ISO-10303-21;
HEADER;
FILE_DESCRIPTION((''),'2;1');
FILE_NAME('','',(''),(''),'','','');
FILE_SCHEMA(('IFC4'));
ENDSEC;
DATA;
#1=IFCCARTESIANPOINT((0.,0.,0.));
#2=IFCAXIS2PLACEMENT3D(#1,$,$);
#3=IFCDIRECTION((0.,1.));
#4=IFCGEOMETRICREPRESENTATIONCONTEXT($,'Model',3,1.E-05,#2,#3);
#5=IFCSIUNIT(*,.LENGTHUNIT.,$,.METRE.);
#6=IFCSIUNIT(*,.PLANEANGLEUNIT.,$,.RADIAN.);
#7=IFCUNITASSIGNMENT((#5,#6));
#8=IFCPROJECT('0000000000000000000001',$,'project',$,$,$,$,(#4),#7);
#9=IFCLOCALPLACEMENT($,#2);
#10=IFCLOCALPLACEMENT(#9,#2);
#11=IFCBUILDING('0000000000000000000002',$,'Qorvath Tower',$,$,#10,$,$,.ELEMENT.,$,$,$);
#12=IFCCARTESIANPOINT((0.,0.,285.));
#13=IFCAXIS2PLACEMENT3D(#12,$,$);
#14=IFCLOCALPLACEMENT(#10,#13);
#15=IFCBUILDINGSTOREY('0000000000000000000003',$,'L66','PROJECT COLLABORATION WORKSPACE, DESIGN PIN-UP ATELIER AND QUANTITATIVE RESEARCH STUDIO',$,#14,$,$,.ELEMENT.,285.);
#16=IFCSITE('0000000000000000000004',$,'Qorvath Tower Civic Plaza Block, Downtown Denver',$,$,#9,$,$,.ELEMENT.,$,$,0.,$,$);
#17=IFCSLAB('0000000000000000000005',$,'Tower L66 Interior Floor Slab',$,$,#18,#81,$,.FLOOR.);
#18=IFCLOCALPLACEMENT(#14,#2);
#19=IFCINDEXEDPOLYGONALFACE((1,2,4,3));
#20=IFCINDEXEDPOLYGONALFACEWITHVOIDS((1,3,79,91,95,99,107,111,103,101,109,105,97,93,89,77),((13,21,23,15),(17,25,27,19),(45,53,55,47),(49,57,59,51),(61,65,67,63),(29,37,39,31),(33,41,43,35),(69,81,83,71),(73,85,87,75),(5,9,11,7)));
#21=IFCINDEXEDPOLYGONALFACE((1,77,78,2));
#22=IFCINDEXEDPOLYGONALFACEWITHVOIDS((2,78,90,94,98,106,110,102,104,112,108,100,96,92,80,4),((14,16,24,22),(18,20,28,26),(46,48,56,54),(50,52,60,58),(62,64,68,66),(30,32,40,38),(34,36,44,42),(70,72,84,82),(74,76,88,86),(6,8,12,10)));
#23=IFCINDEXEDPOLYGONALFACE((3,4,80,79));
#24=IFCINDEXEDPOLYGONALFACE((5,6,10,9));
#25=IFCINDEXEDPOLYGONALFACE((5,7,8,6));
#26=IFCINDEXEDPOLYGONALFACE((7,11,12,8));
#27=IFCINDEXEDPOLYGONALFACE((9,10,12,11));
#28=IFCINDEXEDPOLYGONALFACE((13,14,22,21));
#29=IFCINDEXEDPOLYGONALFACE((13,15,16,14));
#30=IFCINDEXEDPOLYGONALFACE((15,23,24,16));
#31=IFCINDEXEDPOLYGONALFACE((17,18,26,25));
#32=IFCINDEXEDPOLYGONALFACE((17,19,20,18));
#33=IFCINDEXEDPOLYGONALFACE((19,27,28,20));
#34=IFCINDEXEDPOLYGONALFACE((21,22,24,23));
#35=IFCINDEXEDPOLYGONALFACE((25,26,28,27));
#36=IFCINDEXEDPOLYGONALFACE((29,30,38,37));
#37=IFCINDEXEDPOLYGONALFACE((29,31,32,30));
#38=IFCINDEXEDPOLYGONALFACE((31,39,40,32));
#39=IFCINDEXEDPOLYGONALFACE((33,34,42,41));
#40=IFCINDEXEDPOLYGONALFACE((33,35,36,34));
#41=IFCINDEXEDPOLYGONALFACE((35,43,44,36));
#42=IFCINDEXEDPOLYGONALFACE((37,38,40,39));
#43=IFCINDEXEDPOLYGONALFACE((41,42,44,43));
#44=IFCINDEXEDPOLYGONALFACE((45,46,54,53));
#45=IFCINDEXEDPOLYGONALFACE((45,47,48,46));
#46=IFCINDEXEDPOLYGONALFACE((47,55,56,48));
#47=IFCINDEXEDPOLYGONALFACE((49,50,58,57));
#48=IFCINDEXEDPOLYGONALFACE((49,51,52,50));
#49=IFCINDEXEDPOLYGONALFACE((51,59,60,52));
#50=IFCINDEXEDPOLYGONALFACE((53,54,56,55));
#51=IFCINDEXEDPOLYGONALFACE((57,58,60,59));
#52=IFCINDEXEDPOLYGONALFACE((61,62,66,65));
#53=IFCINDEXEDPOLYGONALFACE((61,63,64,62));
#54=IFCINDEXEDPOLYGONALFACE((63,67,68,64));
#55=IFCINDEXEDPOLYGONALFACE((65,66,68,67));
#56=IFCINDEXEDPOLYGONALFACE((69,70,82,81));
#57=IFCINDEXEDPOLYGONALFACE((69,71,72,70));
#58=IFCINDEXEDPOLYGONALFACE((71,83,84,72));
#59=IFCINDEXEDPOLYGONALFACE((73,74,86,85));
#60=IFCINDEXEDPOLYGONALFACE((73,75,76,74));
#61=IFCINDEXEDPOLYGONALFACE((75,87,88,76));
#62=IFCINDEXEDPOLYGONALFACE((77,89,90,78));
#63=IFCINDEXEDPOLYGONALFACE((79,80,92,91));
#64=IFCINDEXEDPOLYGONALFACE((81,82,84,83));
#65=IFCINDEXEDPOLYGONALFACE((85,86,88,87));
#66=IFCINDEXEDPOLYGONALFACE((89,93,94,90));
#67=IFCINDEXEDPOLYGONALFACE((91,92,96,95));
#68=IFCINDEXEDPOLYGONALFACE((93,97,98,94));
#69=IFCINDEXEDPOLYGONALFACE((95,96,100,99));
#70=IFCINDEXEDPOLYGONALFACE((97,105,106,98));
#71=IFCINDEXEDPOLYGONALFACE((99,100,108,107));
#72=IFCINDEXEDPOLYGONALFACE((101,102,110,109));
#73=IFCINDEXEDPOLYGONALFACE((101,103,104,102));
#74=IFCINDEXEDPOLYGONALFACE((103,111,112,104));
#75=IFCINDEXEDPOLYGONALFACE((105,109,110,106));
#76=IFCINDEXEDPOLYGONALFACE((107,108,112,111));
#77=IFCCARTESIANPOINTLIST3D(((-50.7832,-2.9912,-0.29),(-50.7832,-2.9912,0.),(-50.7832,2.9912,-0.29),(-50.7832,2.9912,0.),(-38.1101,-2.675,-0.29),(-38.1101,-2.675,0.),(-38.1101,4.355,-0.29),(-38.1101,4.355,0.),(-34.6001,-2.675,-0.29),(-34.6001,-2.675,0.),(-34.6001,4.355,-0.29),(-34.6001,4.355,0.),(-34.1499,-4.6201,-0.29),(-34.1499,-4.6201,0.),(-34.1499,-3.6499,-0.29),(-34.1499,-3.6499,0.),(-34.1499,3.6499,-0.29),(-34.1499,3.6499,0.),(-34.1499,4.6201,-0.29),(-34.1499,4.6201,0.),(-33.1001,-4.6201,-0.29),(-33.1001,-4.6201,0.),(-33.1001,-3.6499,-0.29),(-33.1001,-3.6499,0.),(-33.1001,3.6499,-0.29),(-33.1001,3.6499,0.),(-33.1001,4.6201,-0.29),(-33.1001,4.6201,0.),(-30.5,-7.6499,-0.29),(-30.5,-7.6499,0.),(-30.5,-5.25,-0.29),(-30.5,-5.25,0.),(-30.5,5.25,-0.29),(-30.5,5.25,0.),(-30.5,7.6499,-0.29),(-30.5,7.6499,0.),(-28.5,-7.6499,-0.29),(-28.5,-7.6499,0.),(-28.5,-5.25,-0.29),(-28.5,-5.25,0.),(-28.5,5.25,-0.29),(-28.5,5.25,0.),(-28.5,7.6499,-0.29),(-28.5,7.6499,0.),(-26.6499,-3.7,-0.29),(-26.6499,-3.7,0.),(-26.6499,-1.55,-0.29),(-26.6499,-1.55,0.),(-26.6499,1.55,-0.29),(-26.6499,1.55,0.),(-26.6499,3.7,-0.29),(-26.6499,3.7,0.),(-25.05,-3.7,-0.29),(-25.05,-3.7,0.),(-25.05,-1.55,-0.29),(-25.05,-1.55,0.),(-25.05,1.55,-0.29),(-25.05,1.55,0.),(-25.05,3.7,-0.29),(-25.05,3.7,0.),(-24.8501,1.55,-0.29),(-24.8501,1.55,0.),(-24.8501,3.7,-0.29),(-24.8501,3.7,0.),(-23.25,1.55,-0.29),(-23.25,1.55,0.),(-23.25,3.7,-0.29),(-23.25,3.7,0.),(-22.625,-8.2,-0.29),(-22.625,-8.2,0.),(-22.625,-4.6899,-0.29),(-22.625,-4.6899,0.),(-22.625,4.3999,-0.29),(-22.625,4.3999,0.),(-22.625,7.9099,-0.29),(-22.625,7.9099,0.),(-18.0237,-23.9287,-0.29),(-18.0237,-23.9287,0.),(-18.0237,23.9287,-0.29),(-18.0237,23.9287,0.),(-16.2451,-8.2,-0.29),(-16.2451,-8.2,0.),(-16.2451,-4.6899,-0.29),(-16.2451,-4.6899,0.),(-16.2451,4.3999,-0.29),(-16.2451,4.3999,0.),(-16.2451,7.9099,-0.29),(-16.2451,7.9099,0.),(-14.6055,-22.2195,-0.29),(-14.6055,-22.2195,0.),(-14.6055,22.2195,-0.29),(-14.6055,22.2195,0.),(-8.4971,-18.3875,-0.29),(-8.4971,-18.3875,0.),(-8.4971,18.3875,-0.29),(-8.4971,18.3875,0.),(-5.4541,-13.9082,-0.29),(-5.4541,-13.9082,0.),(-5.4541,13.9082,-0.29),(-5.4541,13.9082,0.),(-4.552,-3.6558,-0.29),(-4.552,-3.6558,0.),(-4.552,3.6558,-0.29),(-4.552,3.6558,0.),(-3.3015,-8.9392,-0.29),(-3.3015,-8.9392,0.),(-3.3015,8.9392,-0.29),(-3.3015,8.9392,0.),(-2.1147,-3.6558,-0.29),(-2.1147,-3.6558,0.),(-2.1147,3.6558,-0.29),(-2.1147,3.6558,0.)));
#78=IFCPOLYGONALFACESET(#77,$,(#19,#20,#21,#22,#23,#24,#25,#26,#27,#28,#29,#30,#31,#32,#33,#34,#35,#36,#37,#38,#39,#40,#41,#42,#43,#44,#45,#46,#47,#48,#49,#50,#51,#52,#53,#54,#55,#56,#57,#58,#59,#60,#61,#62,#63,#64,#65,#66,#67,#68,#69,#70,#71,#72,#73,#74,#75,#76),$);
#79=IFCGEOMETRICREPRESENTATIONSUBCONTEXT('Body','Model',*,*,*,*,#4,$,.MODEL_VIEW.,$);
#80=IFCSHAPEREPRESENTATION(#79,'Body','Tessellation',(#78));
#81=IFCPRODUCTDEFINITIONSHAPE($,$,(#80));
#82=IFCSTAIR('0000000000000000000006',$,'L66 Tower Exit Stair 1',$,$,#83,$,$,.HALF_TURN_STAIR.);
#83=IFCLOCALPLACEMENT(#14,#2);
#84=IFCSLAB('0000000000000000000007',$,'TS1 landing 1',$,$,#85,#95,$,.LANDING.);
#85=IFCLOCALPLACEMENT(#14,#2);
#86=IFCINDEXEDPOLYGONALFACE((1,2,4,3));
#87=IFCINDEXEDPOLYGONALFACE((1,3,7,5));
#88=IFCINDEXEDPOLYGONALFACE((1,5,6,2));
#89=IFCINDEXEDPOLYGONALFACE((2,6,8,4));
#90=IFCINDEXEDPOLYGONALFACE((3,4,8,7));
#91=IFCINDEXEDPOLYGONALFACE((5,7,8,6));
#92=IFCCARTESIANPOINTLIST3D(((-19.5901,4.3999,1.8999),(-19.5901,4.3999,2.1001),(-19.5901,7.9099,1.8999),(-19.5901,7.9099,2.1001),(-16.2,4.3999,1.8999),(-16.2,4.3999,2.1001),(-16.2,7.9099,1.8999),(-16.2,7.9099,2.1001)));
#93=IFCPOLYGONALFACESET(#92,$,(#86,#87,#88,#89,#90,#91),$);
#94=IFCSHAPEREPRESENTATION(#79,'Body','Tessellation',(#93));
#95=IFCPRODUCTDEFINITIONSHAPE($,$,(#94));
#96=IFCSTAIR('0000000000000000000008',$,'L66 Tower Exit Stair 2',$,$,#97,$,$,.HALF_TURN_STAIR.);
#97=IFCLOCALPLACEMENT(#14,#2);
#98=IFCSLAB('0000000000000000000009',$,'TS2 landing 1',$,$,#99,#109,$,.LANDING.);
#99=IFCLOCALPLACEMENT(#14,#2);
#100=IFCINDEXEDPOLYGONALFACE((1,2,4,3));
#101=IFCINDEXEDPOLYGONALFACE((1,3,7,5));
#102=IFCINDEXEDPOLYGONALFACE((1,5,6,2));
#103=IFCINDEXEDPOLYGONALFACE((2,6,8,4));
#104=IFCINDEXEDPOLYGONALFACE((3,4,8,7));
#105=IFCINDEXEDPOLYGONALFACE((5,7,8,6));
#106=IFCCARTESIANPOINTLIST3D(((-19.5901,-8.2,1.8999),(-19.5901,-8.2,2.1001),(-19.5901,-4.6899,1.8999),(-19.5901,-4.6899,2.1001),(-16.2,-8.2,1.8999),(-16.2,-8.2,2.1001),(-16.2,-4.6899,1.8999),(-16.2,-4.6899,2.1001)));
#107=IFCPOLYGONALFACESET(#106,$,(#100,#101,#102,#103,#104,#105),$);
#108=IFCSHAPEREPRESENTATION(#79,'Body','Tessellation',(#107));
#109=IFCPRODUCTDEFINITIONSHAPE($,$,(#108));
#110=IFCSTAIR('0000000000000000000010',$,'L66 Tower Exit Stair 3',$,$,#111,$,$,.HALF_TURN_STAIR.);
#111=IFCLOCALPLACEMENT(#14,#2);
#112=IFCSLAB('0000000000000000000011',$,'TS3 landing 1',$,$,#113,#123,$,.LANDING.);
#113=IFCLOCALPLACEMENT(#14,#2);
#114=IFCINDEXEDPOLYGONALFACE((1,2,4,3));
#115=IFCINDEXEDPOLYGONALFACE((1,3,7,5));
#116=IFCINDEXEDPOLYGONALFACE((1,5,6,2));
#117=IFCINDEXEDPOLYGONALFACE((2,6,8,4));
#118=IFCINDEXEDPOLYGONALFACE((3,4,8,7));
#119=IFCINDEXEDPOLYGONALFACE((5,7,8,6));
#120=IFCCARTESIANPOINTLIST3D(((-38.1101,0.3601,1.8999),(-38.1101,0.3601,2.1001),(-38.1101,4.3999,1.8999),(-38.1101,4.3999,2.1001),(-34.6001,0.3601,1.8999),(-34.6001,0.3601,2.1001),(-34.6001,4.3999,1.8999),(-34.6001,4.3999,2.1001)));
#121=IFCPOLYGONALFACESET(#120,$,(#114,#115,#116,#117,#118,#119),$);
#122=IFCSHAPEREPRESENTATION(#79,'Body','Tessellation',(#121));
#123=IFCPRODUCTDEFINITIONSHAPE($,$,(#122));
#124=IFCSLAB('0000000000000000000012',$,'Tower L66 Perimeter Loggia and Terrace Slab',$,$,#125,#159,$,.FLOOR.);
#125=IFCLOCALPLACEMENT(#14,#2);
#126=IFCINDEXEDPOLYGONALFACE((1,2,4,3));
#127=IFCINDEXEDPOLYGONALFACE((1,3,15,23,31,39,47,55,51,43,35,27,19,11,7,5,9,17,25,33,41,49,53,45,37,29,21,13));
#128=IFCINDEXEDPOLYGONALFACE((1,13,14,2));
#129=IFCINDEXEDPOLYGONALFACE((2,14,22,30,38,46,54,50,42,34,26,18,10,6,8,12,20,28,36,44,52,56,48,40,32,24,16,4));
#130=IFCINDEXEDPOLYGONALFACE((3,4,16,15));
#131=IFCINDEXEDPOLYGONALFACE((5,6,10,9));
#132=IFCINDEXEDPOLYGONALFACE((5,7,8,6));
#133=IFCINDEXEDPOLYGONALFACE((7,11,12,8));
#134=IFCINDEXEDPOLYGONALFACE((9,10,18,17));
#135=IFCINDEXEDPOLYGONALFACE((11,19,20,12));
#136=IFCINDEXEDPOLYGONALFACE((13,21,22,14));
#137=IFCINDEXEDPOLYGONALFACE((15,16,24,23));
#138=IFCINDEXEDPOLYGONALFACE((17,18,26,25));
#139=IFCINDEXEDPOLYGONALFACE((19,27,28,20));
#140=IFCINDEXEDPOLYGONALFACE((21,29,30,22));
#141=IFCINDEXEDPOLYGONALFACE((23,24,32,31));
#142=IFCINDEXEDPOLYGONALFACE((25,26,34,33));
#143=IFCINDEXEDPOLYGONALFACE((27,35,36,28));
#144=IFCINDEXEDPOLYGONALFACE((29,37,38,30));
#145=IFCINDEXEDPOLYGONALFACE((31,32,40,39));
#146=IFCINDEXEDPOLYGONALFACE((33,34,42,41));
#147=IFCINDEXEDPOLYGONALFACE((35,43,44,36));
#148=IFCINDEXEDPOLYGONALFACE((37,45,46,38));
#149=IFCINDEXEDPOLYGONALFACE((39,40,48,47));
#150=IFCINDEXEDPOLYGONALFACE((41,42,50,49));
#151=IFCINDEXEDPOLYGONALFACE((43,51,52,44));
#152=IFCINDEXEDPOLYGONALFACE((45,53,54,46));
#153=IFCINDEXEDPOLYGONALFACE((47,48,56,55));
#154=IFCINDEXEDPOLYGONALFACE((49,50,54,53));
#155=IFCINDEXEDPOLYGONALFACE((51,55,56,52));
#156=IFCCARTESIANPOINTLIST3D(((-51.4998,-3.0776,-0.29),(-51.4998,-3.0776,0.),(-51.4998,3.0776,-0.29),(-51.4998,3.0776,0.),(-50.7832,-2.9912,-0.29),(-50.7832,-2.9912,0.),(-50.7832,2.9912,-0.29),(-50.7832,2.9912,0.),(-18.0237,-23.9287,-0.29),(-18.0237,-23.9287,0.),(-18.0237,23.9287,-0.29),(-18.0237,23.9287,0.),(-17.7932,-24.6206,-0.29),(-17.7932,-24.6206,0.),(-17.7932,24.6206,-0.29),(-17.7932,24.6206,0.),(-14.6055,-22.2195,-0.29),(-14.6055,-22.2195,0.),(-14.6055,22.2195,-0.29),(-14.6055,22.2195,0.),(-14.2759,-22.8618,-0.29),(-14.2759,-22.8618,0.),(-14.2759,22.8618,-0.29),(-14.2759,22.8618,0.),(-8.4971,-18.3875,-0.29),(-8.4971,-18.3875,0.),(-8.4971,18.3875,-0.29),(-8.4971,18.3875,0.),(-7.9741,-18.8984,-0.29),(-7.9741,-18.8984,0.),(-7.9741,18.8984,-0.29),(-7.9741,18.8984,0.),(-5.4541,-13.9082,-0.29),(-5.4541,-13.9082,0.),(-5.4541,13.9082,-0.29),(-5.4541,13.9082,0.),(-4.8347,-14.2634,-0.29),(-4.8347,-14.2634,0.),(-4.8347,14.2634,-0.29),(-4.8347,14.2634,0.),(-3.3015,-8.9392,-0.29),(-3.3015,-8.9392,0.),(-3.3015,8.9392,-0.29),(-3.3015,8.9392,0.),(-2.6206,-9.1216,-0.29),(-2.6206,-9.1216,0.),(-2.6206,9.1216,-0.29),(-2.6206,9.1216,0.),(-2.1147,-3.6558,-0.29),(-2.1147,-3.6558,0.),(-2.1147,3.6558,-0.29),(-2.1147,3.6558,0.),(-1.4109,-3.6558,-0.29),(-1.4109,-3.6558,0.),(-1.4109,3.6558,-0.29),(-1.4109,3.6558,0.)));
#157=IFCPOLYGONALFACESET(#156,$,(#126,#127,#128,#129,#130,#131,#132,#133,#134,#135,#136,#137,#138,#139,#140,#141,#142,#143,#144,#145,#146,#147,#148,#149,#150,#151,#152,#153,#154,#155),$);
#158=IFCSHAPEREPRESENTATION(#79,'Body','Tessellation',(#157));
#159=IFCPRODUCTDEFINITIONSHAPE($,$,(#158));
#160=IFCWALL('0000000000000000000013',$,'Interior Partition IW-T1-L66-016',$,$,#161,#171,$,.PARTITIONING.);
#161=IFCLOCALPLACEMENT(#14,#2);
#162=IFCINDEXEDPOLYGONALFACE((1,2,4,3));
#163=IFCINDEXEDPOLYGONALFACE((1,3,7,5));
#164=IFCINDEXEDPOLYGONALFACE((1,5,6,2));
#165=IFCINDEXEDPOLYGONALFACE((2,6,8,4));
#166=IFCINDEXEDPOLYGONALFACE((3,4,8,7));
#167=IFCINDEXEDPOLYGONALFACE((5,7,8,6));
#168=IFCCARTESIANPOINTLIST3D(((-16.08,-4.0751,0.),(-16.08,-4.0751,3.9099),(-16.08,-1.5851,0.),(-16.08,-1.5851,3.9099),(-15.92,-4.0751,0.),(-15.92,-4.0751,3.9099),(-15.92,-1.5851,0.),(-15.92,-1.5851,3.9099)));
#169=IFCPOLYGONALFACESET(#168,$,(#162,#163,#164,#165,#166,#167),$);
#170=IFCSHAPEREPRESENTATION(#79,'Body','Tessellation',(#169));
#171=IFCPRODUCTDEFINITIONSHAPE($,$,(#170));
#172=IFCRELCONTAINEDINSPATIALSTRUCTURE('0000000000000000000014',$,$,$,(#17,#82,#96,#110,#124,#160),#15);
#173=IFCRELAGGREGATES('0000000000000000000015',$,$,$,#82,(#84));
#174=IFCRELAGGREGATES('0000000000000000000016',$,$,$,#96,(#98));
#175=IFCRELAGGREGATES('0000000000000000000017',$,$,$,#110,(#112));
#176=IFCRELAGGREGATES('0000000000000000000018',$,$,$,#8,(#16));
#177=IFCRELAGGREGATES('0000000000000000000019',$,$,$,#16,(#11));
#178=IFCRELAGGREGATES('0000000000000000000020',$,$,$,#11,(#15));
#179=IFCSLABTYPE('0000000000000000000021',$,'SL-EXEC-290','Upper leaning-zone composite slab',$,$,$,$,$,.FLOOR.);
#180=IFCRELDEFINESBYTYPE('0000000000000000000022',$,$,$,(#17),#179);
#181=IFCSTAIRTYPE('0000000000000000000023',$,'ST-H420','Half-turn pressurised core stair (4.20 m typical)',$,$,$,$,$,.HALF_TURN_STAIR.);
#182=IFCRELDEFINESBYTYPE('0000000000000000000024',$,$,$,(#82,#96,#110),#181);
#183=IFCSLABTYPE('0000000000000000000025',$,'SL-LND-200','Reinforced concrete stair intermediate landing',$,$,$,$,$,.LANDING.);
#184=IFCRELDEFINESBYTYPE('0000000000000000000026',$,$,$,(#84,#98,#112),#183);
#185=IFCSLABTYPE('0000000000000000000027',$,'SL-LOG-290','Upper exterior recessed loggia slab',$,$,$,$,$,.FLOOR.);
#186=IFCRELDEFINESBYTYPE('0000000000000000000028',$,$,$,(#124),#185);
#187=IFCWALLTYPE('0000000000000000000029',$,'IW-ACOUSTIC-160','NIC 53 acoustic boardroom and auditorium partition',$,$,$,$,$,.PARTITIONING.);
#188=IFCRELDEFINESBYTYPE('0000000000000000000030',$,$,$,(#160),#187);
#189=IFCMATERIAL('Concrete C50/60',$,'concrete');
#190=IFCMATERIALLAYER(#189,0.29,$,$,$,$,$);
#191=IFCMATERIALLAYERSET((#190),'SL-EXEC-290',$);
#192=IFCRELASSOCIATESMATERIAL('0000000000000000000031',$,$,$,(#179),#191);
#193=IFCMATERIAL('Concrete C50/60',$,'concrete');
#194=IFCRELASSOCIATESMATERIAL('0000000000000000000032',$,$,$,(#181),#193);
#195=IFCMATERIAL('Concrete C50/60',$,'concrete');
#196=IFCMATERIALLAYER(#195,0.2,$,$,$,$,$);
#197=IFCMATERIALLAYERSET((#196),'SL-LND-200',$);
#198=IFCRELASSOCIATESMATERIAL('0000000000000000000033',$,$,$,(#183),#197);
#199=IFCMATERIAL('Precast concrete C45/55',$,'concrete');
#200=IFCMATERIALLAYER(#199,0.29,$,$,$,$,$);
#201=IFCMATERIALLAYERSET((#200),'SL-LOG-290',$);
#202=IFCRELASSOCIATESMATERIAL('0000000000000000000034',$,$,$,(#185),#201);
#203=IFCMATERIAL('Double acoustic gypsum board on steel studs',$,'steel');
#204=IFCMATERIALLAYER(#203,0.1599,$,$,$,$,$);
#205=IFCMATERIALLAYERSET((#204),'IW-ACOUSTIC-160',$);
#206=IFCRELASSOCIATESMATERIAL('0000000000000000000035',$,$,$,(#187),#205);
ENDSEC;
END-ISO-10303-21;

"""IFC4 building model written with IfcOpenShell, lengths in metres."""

from ifc_helpers import new_model, si_unit, direction, frame, frame_2d, origin, place, context, subcontext, project, spatial, polyline, rectangle, outline, extrude, material, layer, layer_set, type_object, element, aggregate, save


model = new_model("IFC4")

# Units and contexts
model_context = context("Model", 3, precision=1e-05, world=origin(), true_north=direction((0.0, 1.0)))
body_context = subcontext(model_context, "Body", "Model", "MODEL_VIEW")
ifc_project = project(units=[si_unit("LENGTHUNIT", "METRE"), si_unit("PLANEANGLEUNIT", "RADIAN")], contexts=[model_context])

# Site, building, storey
site_placement = place(None, origin())
site = spatial("IfcSite", under=ifc_project, at=site_placement, Name="Qorvath Tower Civic Plaza Block, Downtown Denver", CompositionType="ELEMENT", RefElevation=0.0)
building_placement = place(site_placement, origin())
building = spatial("IfcBuilding", under=site, at=building_placement, Name="Qorvath Tower", CompositionType="ELEMENT")
storey_placement = place(building_placement, frame((0.0, 0.0, 285.0)))
storey = spatial("IfcBuildingStorey", under=building, at=storey_placement, Name="L66", Description="PROJECT COLLABORATION WORKSPACE, DESIGN PIN-UP ATELIER AND QUANTITATIVE RESEARCH STUDIO", CompositionType="ELEMENT", Elevation=285.0)

# Slab
ifc_material_1 = material(Name="Concrete C50/60", Category="concrete")
ifc_layer_1 = layer(ifc_material_1, 0.29)
ifc_layer_set_1 = layer_set([ifc_layer_1], Name="SL-EXEC-290")
slab_type_1 = type_object("IfcSlabType", Name="SL-EXEC-290", Description="Upper leaning-zone composite slab", PredefinedType="FLOOR", material=ifc_layer_set_1)
slab_1_placement = place(storey_placement, frame((0.0, 0.0, -0.29)))
element("IfcSlab", 1, at=slab_1_placement, inside=storey, type_object=slab_type_1, Name="Tower L66 Interior Floor Slab", PredefinedType="FLOOR", context=body_context, shape_type="SweptSolid", body=[
    extrude(outline(polyline([(-50.7832, 2.9912), (-50.7832, -2.9912), (-18.0237, -23.9287), (-14.6055, -22.2195), (-8.4971, -18.3875), (-5.4541, -13.9082), (-3.3015, -8.9392), (-2.1147, -3.6558), (-4.552, -3.6558), (-4.552, 3.6558), (-2.1147, 3.6558), (-3.3015, 8.9392), (-5.4541, 13.9082), (-8.4971, 18.3875), (-14.6055, 22.2195), (-18.0237, 23.9287), (-50.7832, 2.9912)]), holes=[polyline([(-16.2451, -8.2), (-22.625, -8.2), (-22.625, -4.6899), (-16.2451, -4.6899), (-16.2451, -8.2)]), polyline([(-22.625, 4.3999), (-22.625, 7.9099), (-16.2451, 7.9099), (-16.2451, 4.3999), (-22.625, 4.3999)]), polyline([(-23.25, 1.55), (-24.8501, 1.55), (-24.8501, 3.7), (-23.25, 3.7), (-23.25, 1.55)]), polyline([(-26.6499, -3.7), (-26.6499, -1.55), (-25.05, -1.55), (-25.05, -3.7), (-26.6499, -3.7)]), polyline([(-25.05, 1.55), (-26.6499, 1.55), (-26.6499, 3.7), (-25.05, 3.7), (-25.05, 1.55)]), polyline([(-28.5, -7.6499), (-30.5, -7.6499), (-30.5, -5.25), (-28.5, -5.25), (-28.5, -7.6499)]), polyline([(-30.5, 5.25), (-30.5, 7.6499), (-28.5, 7.6499), (-28.5, 5.25), (-30.5, 5.25)]), polyline([(-33.1001, -4.6201), (-34.1499, -4.6201), (-34.1499, -3.6499), (-33.1001, -3.6499), (-33.1001, -4.6201)]), polyline([(-33.1001, 3.6499), (-34.1499, 3.6499), (-34.1499, 4.6201), (-33.1001, 4.6201), (-33.1001, 3.6499)]), polyline([(-34.6001, -2.675), (-38.1101, -2.675), (-38.1101, 4.355), (-34.6001, 4.355), (-34.6001, -2.675)])]), origin(), (0.0, 0.0, 1.0), 0.29),
])

# Stairs, slabs
ifc_material_2 = material(Name="Concrete C50/60", Category="concrete")
stair_type = type_object("IfcStairType", Name="ST-H420", Description="Half-turn pressurised core stair (4.20 m typical)", PredefinedType="HALF_TURN_STAIR", material=ifc_material_2)
stair_1_placement = place(storey_placement, origin())
stair_1 = element("IfcStair", 2, at=stair_1_placement, inside=storey, type_object=stair_type, Name="L66 Tower Exit Stair 1", PredefinedType="HALF_TURN_STAIR")
ifc_material_3 = material(Name="Concrete C50/60", Category="concrete")
ifc_layer_2 = layer(ifc_material_3, 0.2)
ifc_layer_set_2 = layer_set([ifc_layer_2], Name="SL-LND-200")
slab_type_2 = type_object("IfcSlabType", Name="SL-LND-200", Description="Reinforced concrete stair intermediate landing", PredefinedType="LANDING", material=ifc_layer_set_2)
slab_2_placement = place(storey_placement, frame((0.0, 0.0, 1.8999)))
slab_2 = element("IfcSlab", 3, at=slab_2_placement, type_object=slab_type_2, Name="TS1 landing 1", PredefinedType="LANDING", context=body_context, shape_type="SweptSolid", body=[
    extrude(outline(polyline([(-19.5901, 4.3999), (-16.2, 4.3999), (-16.2, 7.9099), (-19.5901, 7.9099), (-19.5901, 4.3999)])), origin(), (0.0, 0.0, 1.0), 0.2002),
])
aggregate(stair_1, [slab_2])
stair_2_placement = place(storey_placement, origin())
stair_2 = element("IfcStair", 4, at=stair_2_placement, inside=storey, type_object=stair_type, Name="L66 Tower Exit Stair 2", PredefinedType="HALF_TURN_STAIR")
slab_3_placement = place(storey_placement, frame((0.0, 0.0, 1.8999)))
slab_3 = element("IfcSlab", 5, at=slab_3_placement, type_object=slab_type_2, Name="TS2 landing 1", PredefinedType="LANDING", context=body_context, shape_type="SweptSolid", body=[
    extrude(outline(polyline([(-19.5901, -8.2), (-16.2, -8.2), (-16.2, -4.6899), (-19.5901, -4.6899), (-19.5901, -8.2)])), origin(), (0.0, 0.0, 1.0), 0.2002),
])
aggregate(stair_2, [slab_3])
stair_3_placement = place(storey_placement, origin())
stair_3 = element("IfcStair", 6, at=stair_3_placement, inside=storey, type_object=stair_type, Name="L66 Tower Exit Stair 3", PredefinedType="HALF_TURN_STAIR")
slab_4_placement = place(storey_placement, frame((0.0, 0.0, 1.8999)))
slab_4 = element("IfcSlab", 7, at=slab_4_placement, type_object=slab_type_2, Name="TS3 landing 1", PredefinedType="LANDING", context=body_context, shape_type="SweptSolid", body=[
    extrude(outline(polyline([(-34.6001, 0.3601), (-34.6001, 4.3999), (-38.1101, 4.3999), (-38.1101, 0.3601), (-34.6001, 0.3601)])), origin(), (0.0, 0.0, 1.0), 0.2002),
])
aggregate(stair_3, [slab_4])

# Slab
ifc_material_4 = material(Name="Precast concrete C45/55", Category="concrete")
ifc_layer_3 = layer(ifc_material_4, 0.29)
ifc_layer_set_3 = layer_set([ifc_layer_3], Name="SL-LOG-290")
slab_type_3 = type_object("IfcSlabType", Name="SL-LOG-290", Description="Upper exterior recessed loggia slab", PredefinedType="FLOOR", material=ifc_layer_set_3)
slab_5_placement = place(storey_placement, frame((0.0, 0.0, -0.29)))
element("IfcSlab", 8, at=slab_5_placement, inside=storey, type_object=slab_type_3, Name="Tower L66 Perimeter Loggia and Terrace Slab", PredefinedType="FLOOR", context=body_context, shape_type="SweptSolid", body=[
    extrude(outline(polyline([(-2.1147, -3.6558), (-3.3015, -8.9392), (-5.4541, -13.9082), (-8.4971, -18.3875), (-14.6055, -22.2195), (-18.0237, -23.9287), (-50.7832, -2.9912), (-50.7832, 2.9912), (-18.0237, 23.9287), (-14.6055, 22.2195), (-8.4971, 18.3875), (-5.4541, 13.9082), (-3.3015, 8.9392), (-2.1147, 3.6558), (-1.4109, 3.6558), (-2.6206, 9.1216), (-4.8347, 14.2634), (-7.9741, 18.8984), (-14.2759, 22.8618), (-17.7932, 24.6206), (-51.4998, 3.0776), (-51.4998, -3.0776), (-17.7932, -24.6206), (-14.2759, -22.8618), (-7.9741, -18.8984), (-4.8347, -14.2634), (-2.6206, -9.1216), (-1.4109, -3.6558), (-2.1147, -3.6558)])), origin(), (0.0, 0.0, 1.0), 0.29),
])

# Wall
ifc_material_5 = material(Name="Double acoustic gypsum board on steel studs", Category="steel")
ifc_layer_4 = layer(ifc_material_5, 0.1599)
ifc_layer_set_4 = layer_set([ifc_layer_4], Name="IW-ACOUSTIC-160")
wall_type_1 = type_object("IfcWallType", Name="IW-ACOUSTIC-160", Description="NIC 53 acoustic boardroom and auditorium partition", PredefinedType="PARTITIONING", material=ifc_layer_set_4)
wall_1_placement = place(storey_placement, frame((-16.0, -4.0752, 0.0), z_axis=(0.0, 0.0, 1.0), x_axis=(0.0, 1.0, 0.0)))
element("IfcWall", 9, at=wall_1_placement, inside=storey, type_object=wall_type_1, Name="Interior Partition IW-T1-L66-016", PredefinedType="PARTITIONING", context=body_context, shape_type="SweptSolid", body=[
    extrude(rectangle(XDim=2.49, YDim=0.1599, at=frame_2d((1.2451, 0.0))), origin(), (0.0, 0.0, 1.0), 3.9099),
])

save(model, "model.ifc")
